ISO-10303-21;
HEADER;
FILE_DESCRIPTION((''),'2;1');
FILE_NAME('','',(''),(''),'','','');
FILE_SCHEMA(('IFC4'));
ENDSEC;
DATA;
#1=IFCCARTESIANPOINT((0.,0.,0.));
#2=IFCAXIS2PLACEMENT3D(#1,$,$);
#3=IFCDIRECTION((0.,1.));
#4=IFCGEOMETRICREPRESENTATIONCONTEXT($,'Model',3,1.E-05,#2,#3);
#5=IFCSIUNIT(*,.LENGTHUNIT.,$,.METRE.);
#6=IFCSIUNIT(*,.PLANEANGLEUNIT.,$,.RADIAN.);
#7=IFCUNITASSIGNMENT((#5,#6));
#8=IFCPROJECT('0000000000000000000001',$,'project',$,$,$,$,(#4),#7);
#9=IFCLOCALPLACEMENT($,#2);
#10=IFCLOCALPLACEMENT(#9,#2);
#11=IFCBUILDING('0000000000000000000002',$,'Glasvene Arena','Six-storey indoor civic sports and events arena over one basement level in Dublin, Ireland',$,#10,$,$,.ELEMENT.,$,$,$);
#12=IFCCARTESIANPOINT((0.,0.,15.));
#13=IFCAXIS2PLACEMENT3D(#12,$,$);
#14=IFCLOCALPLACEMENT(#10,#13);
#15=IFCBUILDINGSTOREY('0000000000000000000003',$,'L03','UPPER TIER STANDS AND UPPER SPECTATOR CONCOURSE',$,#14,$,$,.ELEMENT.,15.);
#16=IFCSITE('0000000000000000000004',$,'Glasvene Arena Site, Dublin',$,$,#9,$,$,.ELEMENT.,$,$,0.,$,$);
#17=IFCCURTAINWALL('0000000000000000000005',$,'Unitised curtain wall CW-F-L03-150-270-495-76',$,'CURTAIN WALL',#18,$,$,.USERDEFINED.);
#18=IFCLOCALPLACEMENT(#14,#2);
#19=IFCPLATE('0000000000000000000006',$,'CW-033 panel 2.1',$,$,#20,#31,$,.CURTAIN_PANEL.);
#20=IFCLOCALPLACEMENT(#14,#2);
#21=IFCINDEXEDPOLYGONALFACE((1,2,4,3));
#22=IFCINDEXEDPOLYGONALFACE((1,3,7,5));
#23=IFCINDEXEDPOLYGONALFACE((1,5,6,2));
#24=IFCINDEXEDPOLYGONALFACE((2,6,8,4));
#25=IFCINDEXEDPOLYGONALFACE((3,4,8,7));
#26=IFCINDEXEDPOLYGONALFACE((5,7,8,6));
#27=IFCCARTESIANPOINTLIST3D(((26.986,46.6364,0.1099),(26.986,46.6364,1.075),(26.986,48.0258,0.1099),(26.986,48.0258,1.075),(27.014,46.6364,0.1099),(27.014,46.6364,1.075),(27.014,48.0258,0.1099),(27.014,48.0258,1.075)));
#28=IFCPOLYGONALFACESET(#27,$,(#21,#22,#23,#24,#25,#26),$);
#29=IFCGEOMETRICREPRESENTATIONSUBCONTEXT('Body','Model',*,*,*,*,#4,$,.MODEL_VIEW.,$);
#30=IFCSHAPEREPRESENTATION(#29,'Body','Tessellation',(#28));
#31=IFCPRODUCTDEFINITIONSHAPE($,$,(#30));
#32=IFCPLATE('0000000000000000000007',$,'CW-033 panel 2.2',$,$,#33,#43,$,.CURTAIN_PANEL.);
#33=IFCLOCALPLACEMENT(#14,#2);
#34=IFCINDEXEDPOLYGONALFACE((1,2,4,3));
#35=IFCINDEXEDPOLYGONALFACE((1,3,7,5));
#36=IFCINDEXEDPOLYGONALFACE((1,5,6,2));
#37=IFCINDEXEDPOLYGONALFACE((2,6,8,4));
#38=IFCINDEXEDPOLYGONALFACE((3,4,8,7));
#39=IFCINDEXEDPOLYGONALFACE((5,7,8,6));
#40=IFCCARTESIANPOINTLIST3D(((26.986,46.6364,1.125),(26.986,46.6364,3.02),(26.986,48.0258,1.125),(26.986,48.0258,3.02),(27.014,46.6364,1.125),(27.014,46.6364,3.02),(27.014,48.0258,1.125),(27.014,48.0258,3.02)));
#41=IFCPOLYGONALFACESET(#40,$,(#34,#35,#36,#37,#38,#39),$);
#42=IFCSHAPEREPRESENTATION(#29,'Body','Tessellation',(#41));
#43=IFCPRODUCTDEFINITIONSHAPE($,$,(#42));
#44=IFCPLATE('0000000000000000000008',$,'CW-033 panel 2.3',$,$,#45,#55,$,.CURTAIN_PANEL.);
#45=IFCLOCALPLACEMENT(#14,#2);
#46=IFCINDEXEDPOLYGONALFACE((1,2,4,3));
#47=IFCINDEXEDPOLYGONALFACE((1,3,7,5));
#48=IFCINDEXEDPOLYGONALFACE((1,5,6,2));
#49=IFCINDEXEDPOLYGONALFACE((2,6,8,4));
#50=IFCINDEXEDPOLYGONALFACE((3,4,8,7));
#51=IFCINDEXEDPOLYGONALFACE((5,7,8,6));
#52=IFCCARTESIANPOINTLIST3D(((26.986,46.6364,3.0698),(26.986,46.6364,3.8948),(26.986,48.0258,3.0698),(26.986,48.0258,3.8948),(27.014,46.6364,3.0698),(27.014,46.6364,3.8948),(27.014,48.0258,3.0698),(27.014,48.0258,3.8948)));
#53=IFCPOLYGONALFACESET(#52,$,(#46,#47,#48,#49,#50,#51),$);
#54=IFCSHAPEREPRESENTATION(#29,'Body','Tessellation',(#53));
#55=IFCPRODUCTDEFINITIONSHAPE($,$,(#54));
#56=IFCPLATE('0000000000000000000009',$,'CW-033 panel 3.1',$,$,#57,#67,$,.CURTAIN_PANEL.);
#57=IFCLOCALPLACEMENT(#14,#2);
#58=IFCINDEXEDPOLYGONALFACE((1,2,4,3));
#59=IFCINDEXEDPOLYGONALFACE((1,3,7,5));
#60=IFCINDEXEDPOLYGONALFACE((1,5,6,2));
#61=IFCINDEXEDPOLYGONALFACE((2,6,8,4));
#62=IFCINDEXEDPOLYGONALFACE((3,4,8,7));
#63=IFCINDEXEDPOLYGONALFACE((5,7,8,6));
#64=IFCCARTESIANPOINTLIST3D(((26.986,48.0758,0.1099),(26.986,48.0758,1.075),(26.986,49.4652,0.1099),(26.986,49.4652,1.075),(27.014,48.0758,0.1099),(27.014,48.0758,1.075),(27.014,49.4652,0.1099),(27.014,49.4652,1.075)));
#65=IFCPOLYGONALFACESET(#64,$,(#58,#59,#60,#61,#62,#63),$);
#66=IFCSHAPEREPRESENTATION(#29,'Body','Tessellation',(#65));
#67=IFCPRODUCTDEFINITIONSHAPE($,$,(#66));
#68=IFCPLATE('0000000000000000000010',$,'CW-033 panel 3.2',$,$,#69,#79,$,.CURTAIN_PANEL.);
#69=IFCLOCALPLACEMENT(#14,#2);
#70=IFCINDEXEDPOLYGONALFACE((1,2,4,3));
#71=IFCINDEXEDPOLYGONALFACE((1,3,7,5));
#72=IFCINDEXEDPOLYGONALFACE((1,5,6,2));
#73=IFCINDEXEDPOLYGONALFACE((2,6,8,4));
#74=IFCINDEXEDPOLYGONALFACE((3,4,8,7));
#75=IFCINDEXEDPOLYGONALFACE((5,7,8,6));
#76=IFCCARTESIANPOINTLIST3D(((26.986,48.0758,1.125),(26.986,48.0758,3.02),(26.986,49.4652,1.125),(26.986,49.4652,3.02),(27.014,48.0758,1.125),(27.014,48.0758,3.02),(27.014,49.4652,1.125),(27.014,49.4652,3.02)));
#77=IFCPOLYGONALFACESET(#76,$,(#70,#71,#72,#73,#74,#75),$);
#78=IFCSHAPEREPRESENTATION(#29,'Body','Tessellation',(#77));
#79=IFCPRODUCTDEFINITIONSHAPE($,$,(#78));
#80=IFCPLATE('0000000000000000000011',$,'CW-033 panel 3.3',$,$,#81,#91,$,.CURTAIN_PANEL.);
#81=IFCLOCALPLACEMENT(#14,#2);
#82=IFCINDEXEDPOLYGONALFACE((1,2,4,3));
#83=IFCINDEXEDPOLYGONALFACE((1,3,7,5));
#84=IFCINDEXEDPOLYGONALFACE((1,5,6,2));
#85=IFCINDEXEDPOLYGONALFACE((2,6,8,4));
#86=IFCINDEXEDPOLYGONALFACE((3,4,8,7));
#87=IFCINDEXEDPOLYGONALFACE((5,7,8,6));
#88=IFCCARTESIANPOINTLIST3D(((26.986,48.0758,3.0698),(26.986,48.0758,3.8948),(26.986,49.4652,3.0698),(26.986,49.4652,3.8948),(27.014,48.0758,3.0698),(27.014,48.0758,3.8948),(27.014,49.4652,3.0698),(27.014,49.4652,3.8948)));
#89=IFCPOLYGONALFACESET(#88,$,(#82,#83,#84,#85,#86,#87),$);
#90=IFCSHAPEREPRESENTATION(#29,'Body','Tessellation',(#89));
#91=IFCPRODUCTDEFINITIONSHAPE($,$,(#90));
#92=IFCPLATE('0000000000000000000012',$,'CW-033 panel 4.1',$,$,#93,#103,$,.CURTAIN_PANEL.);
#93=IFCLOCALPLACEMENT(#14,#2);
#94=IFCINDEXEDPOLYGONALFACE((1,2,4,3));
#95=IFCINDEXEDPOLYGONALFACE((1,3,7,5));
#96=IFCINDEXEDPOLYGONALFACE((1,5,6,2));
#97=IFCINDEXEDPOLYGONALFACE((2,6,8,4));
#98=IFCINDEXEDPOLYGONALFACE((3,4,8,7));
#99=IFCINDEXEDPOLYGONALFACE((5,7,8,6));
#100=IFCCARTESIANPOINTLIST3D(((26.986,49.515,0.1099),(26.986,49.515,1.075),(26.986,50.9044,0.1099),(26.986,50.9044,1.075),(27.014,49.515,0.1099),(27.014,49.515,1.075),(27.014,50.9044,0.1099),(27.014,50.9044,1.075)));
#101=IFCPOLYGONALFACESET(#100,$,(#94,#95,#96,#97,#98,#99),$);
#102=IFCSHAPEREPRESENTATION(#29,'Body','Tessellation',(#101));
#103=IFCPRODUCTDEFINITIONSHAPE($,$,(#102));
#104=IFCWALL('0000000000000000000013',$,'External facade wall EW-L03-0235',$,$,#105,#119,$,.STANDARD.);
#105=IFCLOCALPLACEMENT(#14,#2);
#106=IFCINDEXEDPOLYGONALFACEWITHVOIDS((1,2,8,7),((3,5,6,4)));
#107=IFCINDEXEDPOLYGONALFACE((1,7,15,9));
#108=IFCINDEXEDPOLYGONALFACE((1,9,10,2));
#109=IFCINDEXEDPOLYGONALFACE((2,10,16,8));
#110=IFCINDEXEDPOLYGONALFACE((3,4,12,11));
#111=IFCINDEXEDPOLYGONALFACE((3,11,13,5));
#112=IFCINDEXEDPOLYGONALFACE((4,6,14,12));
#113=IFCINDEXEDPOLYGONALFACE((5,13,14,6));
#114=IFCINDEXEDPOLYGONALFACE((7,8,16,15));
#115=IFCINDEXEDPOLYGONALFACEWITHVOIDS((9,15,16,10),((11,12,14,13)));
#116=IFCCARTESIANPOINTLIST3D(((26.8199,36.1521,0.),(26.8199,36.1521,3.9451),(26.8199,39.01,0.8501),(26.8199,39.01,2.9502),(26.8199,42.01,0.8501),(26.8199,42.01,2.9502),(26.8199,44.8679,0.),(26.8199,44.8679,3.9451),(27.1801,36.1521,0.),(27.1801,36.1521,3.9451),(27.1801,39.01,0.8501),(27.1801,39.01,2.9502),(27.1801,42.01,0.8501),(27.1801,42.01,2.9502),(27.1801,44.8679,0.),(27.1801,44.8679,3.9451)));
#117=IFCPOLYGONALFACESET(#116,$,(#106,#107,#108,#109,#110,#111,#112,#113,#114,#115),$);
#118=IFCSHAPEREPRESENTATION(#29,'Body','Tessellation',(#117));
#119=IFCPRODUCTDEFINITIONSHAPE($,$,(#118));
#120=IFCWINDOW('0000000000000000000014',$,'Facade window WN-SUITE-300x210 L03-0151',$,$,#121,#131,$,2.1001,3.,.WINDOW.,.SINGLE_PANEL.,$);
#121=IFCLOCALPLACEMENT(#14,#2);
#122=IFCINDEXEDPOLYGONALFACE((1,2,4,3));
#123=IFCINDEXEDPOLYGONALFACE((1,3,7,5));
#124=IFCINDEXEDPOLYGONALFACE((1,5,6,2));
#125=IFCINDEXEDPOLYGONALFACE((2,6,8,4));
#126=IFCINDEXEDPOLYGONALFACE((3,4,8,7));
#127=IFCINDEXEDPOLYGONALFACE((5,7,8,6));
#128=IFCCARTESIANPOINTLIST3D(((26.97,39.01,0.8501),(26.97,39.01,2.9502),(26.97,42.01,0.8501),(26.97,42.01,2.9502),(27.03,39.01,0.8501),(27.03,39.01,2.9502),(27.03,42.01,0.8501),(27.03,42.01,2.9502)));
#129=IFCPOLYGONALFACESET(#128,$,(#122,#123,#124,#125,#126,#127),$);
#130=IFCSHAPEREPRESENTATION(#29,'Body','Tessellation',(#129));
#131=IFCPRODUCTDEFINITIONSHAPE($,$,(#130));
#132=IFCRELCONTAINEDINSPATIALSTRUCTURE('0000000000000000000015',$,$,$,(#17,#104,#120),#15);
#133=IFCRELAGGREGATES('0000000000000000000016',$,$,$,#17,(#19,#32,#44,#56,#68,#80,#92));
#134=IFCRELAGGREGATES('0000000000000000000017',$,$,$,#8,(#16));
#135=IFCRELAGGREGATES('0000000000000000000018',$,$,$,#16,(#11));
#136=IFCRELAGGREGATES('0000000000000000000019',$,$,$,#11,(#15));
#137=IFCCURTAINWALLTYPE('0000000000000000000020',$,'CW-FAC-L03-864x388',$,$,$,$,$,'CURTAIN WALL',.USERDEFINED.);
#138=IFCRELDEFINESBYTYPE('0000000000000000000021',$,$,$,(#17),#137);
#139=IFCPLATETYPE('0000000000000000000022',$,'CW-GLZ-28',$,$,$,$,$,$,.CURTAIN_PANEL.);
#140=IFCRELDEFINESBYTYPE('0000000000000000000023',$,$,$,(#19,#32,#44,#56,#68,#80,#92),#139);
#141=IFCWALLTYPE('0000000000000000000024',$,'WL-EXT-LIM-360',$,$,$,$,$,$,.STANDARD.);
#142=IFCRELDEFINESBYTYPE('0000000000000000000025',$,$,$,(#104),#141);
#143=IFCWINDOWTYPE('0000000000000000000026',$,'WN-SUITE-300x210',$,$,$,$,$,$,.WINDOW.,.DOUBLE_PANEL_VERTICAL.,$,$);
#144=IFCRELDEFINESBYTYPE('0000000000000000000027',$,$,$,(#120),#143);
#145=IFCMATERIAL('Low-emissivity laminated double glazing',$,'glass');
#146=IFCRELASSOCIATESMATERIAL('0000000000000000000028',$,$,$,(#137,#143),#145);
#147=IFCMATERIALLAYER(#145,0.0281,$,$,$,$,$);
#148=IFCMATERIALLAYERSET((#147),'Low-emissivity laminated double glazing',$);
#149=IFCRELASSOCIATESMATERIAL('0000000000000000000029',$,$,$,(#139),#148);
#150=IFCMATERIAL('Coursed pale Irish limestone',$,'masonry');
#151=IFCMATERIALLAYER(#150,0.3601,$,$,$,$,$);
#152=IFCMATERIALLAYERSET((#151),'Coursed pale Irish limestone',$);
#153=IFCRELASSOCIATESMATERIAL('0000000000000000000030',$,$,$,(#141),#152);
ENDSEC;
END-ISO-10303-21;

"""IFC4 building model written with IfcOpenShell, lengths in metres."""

from ifc_helpers import new_model, si_unit, direction, frame, frame_2d, origin, origin_2d, place, context, subcontext, project, spatial, rectangle, extrude, material, layer, layer_set, type_object, element, fill, aggregate, save


model = new_model("IFC4")

# Units and contexts
model_context = context("Model", 3, precision=1e-05, world=origin(), true_north=direction((0.0, 1.0)))
body_context = subcontext(model_context, "Body", "Model", "MODEL_VIEW")
ifc_project = project(units=[si_unit("LENGTHUNIT", "METRE"), si_unit("PLANEANGLEUNIT", "RADIAN")], contexts=[model_context])

# Site, building, storey
site_placement = place(None, origin())
site = spatial("IfcSite", under=ifc_project, at=site_placement, Name="Glasvene Arena Site, Dublin", CompositionType="ELEMENT", RefElevation=0.0)
building_placement = place(site_placement, origin())
building = spatial("IfcBuilding", under=site, at=building_placement, Name="Glasvene Arena", Description="Six-storey indoor civic sports and events arena over one basement level in Dublin, Ireland", CompositionType="ELEMENT")
storey_placement = place(building_placement, frame((0.0, 0.0, 15.0)))
storey = spatial("IfcBuildingStorey", under=building, at=storey_placement, Name="L03", Description="UPPER TIER STANDS AND UPPER SPECTATOR CONCOURSE", CompositionType="ELEMENT", Elevation=15.0)

# Curtain wall, plates
ifc_material_1 = material(Name="Low-emissivity laminated double glazing", Category="glass")
curtain_wall_type = type_object("IfcCurtainWallType", Name="CW-FAC-L03-864x388", ElementType="CURTAIN WALL", PredefinedType="USERDEFINED", material=ifc_material_1)
curtain_wall_placement = place(storey_placement, frame((27.0, 45.1721, 0.0)))
curtain_wall = element("IfcCurtainWall", 1, at=curtain_wall_placement, inside=storey, type_object=curtain_wall_type, Name="Unitised curtain wall CW-F-L03-150-270-495-76", ObjectType="CURTAIN WALL", PredefinedType="USERDEFINED")
ifc_layer_1 = layer(ifc_material_1, 0.0281)
ifc_layer_set_1 = layer_set([ifc_layer_1], Name="Low-emissivity laminated double glazing")
plate_type = type_object("IfcPlateType", Name="CW-GLZ-28", PredefinedType="CURTAIN_PANEL", material=ifc_layer_set_1)
plate_1_placement = place(storey_placement, frame((27.0, 47.3311, 0.1099), z_axis=(0.0, 0.0, 1.0), x_axis=(0.0, 1.0, 0.0)))
plate_1 = element("IfcPlate", 2, at=plate_1_placement, type_object=plate_type, Name="CW-033 panel 2.1", PredefinedType="CURTAIN_PANEL", context=body_context, shape_type="SweptSolid", body=[
    extrude(rectangle(XDim=1.3894, YDim=0.0281, at=origin_2d()), origin(), (0.0, 0.0, 1.0), 0.9651),
])
plate_2_placement = place(storey_placement, frame((27.0, 47.3311, 1.125), z_axis=(0.0, 0.0, 1.0), x_axis=(0.0, 1.0, 0.0)))
plate_2 = element("IfcPlate", 3, at=plate_2_placement, type_object=plate_type, Name="CW-033 panel 2.2", PredefinedType="CURTAIN_PANEL", context=body_context, shape_type="SweptSolid", body=[
    extrude(rectangle(XDim=1.3894, YDim=0.0281, at=origin_2d()), origin(), (0.0, 0.0, 1.0), 1.895),
])
plate_3_placement = place(storey_placement, frame((27.0, 47.3311, 3.0698), z_axis=(0.0, 0.0, 1.0), x_axis=(0.0, 1.0, 0.0)))
plate_3 = element("IfcPlate", 4, at=plate_3_placement, type_object=plate_type, Name="CW-033 panel 2.3", PredefinedType="CURTAIN_PANEL", context=body_context, shape_type="SweptSolid", body=[
    extrude(rectangle(XDim=1.3894, YDim=0.0281, at=origin_2d()), origin(), (0.0, 0.0, 1.0), 0.825),
])
plate_4_placement = place(storey_placement, frame((27.0, 48.7705, 0.1099), z_axis=(0.0, 0.0, 1.0), x_axis=(0.0, 1.0, 0.0)))
plate_4 = element("IfcPlate", 5, at=plate_4_placement, type_object=plate_type, Name="CW-033 panel 3.1", PredefinedType="CURTAIN_PANEL", context=body_context, shape_type="SweptSolid", body=[
    extrude(rectangle(XDim=1.3894, YDim=0.0281, at=origin_2d()), origin(), (0.0, 0.0, 1.0), 0.9651),
])
plate_5_placement = place(storey_placement, frame((27.0, 48.7705, 1.125), z_axis=(0.0, 0.0, 1.0), x_axis=(0.0, 1.0, 0.0)))
plate_5 = element("IfcPlate", 6, at=plate_5_placement, type_object=plate_type, Name="CW-033 panel 3.2", PredefinedType="CURTAIN_PANEL", context=body_context, shape_type="SweptSolid", body=[
    extrude(rectangle(XDim=1.3894, YDim=0.0281, at=origin_2d()), origin(), (0.0, 0.0, 1.0), 1.895),
])
plate_6_placement = place(storey_placement, frame((27.0, 48.7705, 3.0698), z_axis=(0.0, 0.0, 1.0), x_axis=(0.0, 1.0, 0.0)))
plate_6 = element("IfcPlate", 7, at=plate_6_placement, type_object=plate_type, Name="CW-033 panel 3.3", PredefinedType="CURTAIN_PANEL", context=body_context, shape_type="SweptSolid", body=[
    extrude(rectangle(XDim=1.3894, YDim=0.0281, at=origin_2d()), origin(), (0.0, 0.0, 1.0), 0.825),
])
plate_7_placement = place(storey_placement, frame((27.0, 50.2097, 0.1099), z_axis=(0.0, 0.0, 1.0), x_axis=(0.0, 1.0, 0.0)))
plate_7 = element("IfcPlate", 8, at=plate_7_placement, type_object=plate_type, Name="CW-033 panel 4.1", PredefinedType="CURTAIN_PANEL", context=body_context, shape_type="SweptSolid", body=[
    extrude(rectangle(XDim=1.3894, YDim=0.0281, at=origin_2d()), origin(), (0.0, 0.0, 1.0), 0.9651),
])
aggregate(curtain_wall, [plate_1, plate_2, plate_3, plate_4, plate_5, plate_6, plate_7])

# Wall, opening, window
ifc_material_2 = material(Name="Coursed pale Irish limestone", Category="masonry")
ifc_layer_2 = layer(ifc_material_2, 0.3601)
ifc_layer_set_2 = layer_set([ifc_layer_2], Name="Coursed pale Irish limestone")
wall_type = type_object("IfcWallType", Name="WL-EXT-LIM-360", PredefinedType="STANDARD", material=ifc_layer_set_2)
wall_placement = place(storey_placement, frame((27.0, 36.1521, 0.0), z_axis=(0.0, 0.0, 1.0), x_axis=(0.0, 1.0, 0.0)))
wall = element("IfcWall", 9, at=wall_placement, inside=storey, type_object=wall_type, Name="External facade wall EW-L03-0235", PredefinedType="STANDARD", context=body_context, shape_type="SweptSolid", body=[
    extrude(rectangle(XDim=8.7158, YDim=0.3601, at=frame_2d((4.3579, 0.0))), origin(), (0.0, 0.0, 1.0), 3.9451),
])
opening_placement = place(wall_placement, frame((2.8579, 0.0, 0.8501)))
opening = element("IfcOpeningElement", 10, at=opening_placement, cuts=wall, PredefinedType="OPENING", context=body_context, shape_type="SweptSolid", body=[
    extrude(rectangle(XDim=3.0, YDim=2.1001, at=frame_2d((1.5, 1.05))), frame((0.0, 0.1899, 0.0), z_axis=(0.0, -1.0, 0.0), x_axis=(1.0, 0.0, 0.0)), (0.0, 0.0, 1.0), 0.3801),
])
window_type = type_object("IfcWindowType", Name="WN-SUITE-300x210", PartitioningType="DOUBLE_PANEL_VERTICAL", PredefinedType="WINDOW", material=ifc_material_1)
window_placement = place(opening_placement, origin())
window = element("IfcWindow", 11, at=window_placement, inside=storey, type_object=window_type, Name="Facade window WN-SUITE-300x210 L03-0151", OverallHeight=2.1001, OverallWidth=3.0, PartitioningType="SINGLE_PANEL", PredefinedType="WINDOW", context=body_context, shape_type="SweptSolid", body=[
    extrude(rectangle(XDim=3.0, YDim=2.1001, at=frame_2d((1.5, 1.05))), frame((0.0, 0.03, 0.0), z_axis=(0.0, -1.0, 0.0), x_axis=(1.0, 0.0, 0.0)), (0.0, 0.0, 1.0), 0.0601),
])
fill(opening, window)

save(model, "model.ifc")
